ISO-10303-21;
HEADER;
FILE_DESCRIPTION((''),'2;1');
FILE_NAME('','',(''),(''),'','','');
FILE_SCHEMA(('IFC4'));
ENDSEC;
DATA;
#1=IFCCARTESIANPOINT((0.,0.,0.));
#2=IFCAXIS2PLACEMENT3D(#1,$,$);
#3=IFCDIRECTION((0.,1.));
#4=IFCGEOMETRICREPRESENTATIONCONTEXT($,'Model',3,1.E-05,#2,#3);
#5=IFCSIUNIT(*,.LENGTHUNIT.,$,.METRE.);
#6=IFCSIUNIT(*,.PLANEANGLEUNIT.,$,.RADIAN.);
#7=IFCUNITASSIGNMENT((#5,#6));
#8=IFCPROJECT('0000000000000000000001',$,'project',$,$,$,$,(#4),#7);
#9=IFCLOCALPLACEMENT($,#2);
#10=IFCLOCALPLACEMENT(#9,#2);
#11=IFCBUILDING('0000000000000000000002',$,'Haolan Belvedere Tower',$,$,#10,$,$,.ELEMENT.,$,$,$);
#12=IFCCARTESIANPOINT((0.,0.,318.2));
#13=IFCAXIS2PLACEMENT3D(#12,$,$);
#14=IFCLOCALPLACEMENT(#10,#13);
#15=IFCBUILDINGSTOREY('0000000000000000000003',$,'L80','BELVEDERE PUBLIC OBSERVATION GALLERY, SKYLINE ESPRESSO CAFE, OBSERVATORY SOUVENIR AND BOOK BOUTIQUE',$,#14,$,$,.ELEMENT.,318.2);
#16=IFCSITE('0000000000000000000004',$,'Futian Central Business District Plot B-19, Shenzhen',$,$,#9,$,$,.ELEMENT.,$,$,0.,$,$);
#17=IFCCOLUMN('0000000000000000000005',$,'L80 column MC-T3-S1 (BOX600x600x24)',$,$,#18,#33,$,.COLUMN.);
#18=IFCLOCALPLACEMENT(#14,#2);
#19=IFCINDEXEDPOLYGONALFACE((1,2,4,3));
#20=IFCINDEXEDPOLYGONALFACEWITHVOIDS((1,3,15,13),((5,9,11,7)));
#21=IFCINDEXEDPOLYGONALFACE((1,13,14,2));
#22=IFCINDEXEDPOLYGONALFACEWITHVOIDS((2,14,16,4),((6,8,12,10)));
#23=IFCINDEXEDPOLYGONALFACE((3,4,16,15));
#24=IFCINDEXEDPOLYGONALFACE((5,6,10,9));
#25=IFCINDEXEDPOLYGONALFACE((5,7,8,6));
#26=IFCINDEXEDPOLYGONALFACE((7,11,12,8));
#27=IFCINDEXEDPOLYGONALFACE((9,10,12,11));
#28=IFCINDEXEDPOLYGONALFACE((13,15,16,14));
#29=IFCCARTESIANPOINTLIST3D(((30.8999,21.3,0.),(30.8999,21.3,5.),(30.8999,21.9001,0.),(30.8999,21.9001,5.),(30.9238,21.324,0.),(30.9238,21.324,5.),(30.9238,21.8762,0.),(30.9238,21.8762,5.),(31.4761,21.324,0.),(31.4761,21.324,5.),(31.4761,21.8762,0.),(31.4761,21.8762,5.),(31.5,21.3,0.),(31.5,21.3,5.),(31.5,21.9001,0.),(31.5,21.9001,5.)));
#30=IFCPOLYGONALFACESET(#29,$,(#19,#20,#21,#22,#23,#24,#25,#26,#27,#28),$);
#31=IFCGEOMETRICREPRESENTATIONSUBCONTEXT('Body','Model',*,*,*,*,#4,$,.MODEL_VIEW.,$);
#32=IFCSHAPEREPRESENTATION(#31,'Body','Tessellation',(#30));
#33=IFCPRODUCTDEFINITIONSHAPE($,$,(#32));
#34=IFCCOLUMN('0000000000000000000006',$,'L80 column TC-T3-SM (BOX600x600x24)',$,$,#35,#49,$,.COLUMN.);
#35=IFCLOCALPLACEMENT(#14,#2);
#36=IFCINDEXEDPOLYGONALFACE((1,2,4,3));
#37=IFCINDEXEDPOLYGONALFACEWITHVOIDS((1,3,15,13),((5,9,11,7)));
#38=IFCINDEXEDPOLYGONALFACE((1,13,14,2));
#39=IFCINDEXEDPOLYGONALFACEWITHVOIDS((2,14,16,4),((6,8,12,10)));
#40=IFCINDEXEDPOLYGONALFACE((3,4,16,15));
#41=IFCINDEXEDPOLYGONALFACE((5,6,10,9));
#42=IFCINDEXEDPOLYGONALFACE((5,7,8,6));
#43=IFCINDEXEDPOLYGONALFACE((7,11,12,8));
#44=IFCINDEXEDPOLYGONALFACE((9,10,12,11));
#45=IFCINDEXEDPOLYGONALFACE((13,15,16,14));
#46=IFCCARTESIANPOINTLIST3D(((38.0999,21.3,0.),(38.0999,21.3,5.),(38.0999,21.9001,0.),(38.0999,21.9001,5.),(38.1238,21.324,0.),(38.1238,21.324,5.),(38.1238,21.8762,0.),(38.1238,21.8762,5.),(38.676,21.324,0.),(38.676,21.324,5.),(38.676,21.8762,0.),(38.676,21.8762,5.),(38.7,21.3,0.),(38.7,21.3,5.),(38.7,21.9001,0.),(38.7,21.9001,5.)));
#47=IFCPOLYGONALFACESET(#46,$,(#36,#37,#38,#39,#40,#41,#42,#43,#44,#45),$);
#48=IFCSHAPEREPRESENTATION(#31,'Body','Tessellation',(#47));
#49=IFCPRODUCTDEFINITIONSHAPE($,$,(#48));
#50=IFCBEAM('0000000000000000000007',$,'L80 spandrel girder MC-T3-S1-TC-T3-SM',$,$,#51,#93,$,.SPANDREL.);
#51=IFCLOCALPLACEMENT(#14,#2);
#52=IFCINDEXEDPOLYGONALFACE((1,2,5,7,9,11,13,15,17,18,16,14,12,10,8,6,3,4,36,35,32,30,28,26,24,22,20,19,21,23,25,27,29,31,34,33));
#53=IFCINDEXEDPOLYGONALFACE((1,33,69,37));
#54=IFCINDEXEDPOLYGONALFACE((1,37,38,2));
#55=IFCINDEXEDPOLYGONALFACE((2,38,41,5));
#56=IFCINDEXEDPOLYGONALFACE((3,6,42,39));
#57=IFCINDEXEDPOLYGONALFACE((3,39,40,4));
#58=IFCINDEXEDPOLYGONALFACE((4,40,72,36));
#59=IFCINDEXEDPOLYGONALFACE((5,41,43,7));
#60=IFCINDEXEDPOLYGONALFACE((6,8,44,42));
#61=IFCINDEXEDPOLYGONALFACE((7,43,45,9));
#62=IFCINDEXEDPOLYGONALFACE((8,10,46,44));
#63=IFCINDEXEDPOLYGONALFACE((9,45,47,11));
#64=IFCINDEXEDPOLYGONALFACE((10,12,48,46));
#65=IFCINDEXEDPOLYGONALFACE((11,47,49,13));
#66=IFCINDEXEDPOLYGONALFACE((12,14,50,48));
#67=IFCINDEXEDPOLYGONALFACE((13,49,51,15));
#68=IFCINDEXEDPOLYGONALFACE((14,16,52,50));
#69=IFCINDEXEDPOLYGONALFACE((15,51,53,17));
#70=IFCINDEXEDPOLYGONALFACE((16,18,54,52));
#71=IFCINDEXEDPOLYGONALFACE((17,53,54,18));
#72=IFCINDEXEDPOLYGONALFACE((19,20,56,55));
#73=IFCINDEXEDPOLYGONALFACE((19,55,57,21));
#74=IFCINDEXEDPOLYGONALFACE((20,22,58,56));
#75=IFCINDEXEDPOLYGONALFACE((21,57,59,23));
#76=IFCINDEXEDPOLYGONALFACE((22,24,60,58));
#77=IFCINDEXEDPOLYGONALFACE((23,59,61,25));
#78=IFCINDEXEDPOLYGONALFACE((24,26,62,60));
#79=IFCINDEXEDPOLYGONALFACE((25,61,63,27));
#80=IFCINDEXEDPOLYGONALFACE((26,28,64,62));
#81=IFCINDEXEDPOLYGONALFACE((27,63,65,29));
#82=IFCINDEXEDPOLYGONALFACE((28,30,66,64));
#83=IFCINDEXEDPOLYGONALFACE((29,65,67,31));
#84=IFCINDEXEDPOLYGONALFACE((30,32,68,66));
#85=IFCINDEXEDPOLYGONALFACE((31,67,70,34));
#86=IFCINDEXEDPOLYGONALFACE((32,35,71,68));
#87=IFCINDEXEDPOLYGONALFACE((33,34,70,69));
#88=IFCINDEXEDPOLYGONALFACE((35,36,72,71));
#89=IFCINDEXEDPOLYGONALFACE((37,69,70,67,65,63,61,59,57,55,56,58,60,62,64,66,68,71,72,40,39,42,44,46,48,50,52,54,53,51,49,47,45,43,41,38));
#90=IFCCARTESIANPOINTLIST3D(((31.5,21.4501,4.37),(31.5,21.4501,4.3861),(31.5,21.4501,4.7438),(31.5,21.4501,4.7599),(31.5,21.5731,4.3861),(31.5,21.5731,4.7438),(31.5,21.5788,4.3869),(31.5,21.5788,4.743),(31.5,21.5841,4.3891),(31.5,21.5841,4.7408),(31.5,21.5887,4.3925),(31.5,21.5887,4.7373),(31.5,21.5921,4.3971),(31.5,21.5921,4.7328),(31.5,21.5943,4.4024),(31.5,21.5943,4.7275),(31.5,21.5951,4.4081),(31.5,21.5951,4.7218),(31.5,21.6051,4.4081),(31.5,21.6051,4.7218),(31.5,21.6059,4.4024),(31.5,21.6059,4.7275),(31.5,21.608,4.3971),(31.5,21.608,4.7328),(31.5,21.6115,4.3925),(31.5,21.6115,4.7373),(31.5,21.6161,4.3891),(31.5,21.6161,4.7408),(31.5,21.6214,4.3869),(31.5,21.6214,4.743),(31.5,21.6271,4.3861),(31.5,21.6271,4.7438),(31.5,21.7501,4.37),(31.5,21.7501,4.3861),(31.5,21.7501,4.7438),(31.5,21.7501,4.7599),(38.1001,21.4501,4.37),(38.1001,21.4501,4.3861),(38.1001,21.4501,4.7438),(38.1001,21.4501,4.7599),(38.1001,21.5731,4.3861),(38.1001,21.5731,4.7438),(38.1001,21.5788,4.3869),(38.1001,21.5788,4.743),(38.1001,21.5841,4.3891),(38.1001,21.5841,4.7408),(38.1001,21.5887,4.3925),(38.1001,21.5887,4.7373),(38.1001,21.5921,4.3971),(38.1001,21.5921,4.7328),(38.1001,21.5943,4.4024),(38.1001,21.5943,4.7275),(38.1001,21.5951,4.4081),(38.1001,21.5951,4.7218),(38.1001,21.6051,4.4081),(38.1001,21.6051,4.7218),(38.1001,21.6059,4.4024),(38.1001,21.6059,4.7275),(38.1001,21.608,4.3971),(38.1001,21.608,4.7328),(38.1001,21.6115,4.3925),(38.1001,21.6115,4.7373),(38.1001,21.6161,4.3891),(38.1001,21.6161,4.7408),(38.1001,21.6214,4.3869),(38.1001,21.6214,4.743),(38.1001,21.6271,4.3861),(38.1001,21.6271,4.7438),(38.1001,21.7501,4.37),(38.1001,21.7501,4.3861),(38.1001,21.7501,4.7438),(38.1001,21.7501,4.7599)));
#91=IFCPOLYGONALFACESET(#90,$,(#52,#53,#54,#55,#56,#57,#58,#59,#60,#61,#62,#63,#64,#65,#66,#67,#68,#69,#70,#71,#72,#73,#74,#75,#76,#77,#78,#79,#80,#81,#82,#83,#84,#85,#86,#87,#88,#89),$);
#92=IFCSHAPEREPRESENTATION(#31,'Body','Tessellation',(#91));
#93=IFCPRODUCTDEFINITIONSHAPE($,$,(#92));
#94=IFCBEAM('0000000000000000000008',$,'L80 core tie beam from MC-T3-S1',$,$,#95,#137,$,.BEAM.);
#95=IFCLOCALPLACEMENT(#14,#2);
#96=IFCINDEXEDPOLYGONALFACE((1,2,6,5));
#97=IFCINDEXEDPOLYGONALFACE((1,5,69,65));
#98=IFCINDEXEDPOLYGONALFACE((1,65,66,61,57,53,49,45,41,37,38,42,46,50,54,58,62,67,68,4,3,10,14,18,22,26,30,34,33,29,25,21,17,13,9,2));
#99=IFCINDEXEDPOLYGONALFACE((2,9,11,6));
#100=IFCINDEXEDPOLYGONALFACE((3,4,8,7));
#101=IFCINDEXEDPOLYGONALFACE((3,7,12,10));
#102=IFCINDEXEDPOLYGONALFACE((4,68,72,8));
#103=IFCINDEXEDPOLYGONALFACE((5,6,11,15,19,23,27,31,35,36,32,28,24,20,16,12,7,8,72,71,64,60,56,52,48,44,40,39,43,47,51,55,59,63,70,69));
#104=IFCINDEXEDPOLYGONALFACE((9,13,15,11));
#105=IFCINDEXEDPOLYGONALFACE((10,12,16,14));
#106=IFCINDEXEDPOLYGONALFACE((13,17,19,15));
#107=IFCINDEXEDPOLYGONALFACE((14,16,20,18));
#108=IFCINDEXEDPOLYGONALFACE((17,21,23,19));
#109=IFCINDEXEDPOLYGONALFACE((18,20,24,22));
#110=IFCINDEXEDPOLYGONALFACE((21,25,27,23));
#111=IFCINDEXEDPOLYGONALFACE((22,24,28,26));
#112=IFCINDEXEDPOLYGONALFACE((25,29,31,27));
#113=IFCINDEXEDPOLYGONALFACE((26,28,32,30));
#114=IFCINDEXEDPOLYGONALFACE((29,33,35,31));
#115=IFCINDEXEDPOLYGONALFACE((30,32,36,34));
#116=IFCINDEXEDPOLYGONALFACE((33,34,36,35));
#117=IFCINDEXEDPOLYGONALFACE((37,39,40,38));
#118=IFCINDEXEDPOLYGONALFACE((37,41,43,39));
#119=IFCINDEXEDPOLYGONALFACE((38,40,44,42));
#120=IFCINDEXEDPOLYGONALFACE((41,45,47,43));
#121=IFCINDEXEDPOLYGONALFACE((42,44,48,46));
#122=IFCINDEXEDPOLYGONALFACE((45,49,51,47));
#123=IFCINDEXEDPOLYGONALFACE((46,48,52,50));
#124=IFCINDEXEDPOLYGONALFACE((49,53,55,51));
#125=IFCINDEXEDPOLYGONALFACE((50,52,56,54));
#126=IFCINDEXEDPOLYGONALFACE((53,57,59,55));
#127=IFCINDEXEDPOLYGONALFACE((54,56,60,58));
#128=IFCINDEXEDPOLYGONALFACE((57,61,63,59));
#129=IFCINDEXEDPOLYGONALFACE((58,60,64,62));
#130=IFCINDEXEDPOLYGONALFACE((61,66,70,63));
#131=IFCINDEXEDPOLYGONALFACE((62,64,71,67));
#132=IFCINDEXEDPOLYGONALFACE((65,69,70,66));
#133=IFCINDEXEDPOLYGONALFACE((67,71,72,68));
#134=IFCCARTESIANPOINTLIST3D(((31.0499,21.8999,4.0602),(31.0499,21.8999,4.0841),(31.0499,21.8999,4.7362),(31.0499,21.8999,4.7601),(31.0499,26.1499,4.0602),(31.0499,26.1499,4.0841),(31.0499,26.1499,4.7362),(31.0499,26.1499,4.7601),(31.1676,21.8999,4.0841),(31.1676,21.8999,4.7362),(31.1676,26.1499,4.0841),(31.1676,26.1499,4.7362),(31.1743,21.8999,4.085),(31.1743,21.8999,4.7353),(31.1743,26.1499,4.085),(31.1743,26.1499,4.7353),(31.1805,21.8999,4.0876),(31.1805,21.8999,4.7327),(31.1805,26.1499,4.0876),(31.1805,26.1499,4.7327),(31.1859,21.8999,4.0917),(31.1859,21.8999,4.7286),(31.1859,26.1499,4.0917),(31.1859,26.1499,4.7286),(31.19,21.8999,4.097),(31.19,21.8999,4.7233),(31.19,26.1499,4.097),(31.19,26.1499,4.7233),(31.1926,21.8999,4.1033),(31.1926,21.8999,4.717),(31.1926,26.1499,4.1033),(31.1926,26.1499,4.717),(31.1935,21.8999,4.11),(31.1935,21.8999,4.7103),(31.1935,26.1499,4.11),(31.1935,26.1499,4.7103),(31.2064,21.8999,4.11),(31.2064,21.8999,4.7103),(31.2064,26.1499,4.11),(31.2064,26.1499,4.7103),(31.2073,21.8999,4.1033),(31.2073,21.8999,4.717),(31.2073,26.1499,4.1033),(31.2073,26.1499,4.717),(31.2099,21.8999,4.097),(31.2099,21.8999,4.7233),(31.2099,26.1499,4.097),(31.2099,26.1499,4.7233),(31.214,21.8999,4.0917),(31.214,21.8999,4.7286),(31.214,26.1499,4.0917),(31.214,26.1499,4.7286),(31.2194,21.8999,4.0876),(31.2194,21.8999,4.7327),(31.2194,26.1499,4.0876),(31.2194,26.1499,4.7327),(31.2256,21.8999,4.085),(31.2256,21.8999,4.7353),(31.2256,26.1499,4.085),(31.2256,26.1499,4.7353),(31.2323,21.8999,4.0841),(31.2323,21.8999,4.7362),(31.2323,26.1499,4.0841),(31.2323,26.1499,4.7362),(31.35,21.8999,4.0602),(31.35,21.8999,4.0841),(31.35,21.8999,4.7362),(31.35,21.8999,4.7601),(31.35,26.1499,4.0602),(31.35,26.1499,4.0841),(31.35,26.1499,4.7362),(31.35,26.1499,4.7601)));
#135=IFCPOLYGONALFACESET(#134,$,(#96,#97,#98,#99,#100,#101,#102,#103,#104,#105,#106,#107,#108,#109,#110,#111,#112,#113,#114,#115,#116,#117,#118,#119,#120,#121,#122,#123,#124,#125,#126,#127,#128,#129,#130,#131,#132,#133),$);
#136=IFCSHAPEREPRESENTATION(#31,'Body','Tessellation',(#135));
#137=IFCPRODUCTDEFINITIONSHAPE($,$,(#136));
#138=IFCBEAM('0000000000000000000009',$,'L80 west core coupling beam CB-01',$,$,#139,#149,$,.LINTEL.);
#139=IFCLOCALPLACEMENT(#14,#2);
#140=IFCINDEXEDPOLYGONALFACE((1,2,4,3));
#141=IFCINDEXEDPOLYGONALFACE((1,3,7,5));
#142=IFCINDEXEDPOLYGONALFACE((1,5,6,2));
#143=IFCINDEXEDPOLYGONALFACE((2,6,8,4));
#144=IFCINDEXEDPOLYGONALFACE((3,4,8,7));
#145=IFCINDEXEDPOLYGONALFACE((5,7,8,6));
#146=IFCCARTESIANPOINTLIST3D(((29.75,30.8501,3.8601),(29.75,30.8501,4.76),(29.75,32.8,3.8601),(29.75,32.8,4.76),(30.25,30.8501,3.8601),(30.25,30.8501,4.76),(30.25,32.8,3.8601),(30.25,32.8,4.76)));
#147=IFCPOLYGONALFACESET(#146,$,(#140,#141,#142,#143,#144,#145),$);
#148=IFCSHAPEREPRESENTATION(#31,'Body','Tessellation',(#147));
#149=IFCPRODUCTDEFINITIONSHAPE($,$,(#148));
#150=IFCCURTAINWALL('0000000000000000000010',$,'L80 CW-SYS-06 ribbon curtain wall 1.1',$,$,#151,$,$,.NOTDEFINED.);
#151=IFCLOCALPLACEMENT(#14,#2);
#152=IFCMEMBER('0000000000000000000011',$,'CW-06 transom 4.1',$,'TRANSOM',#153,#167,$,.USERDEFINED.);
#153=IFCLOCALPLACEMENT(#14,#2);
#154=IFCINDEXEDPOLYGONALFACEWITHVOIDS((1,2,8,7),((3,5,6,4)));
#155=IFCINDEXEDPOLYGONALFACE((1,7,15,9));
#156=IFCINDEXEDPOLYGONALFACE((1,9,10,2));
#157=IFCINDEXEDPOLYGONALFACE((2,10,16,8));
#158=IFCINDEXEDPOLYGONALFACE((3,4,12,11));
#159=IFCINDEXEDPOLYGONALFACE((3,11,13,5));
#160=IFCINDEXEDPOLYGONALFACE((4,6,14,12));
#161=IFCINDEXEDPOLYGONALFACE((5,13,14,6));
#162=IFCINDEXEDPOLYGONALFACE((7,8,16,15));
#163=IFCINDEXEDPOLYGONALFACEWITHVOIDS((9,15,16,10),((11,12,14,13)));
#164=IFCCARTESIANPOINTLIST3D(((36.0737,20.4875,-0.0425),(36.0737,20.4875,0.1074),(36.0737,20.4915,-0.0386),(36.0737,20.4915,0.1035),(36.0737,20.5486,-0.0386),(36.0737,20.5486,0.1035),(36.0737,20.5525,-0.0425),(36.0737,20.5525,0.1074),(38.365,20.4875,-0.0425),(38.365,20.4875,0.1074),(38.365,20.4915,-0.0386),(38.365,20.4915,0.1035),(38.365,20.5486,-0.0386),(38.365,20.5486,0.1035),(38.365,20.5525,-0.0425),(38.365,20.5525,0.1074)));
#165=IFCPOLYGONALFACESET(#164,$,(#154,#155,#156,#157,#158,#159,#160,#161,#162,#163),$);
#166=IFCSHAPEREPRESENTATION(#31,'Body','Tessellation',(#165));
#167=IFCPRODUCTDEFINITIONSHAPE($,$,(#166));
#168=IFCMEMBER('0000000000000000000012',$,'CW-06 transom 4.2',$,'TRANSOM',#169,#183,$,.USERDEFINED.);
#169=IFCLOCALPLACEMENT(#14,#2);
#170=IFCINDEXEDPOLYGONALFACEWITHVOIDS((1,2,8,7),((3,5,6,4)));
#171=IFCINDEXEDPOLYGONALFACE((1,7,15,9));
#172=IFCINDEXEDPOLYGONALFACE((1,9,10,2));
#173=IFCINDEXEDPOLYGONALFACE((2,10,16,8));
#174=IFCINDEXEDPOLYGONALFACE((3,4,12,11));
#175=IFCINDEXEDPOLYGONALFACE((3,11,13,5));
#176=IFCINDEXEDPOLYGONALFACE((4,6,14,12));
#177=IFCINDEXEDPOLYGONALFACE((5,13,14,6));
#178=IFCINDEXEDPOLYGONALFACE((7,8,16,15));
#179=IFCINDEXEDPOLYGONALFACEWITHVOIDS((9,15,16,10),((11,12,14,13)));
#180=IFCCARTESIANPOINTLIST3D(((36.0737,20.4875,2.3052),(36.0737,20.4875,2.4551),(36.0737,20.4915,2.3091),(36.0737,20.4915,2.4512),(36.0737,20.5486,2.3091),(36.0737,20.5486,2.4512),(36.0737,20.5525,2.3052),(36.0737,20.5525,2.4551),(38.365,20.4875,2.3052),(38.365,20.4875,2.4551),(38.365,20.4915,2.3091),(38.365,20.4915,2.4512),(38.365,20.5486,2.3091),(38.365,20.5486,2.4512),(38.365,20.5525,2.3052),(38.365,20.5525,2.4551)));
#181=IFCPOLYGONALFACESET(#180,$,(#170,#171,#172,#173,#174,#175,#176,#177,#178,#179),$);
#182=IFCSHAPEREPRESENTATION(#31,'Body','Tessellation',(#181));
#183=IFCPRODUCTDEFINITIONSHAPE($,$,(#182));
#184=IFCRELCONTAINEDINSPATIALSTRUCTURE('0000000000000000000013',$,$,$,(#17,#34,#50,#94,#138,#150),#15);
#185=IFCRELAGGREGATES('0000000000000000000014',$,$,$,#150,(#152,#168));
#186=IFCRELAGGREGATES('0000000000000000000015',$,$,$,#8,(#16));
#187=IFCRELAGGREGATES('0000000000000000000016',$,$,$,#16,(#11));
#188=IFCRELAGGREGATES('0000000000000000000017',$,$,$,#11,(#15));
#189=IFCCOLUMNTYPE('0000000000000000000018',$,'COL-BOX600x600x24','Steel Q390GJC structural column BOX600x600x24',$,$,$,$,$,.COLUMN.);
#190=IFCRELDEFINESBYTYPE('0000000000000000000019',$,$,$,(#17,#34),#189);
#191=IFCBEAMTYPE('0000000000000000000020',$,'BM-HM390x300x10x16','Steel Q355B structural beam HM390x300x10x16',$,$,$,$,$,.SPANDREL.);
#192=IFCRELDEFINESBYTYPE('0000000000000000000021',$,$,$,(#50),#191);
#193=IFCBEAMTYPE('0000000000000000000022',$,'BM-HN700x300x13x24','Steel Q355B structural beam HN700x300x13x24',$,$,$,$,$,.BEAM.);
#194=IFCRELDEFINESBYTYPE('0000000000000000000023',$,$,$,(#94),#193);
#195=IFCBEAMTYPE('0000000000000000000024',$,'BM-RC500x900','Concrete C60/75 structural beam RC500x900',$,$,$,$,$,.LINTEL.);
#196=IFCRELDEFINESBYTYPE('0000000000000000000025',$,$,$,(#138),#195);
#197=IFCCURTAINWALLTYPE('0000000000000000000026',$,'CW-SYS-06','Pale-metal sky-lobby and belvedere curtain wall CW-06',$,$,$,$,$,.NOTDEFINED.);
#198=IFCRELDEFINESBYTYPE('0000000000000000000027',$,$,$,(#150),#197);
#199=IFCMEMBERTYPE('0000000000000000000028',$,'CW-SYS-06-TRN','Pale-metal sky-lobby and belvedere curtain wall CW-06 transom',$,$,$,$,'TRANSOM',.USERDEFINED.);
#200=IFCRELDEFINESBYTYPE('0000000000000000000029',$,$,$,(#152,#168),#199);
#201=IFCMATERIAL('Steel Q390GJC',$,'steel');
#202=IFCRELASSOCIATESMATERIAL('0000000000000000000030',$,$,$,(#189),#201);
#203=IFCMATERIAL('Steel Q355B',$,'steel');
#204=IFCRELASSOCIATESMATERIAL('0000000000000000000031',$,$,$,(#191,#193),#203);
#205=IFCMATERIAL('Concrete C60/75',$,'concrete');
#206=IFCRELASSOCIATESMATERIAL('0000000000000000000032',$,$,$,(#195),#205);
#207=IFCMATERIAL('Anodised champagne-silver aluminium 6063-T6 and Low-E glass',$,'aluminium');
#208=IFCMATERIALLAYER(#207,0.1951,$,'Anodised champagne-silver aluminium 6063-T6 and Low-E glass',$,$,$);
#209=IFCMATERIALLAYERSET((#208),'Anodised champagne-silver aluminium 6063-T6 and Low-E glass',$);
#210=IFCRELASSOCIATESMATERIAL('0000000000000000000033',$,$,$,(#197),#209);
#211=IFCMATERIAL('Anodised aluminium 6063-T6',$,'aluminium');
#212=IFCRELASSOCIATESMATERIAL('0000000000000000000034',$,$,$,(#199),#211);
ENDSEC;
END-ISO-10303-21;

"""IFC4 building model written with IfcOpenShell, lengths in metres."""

from ifc_helpers import new_model, si_unit, direction, frame, origin, origin_2d, place, context, subcontext, project, spatial, rectangle, hollow_rectangle, i_section, extrude, material, layer, layer_set, material_profile, profile_set, type_object, element, aggregate, save


model = new_model("IFC4")

# Units and contexts
model_context = context("Model", 3, precision=1e-05, world=origin(), true_north=direction((0.0, 1.0)))
body_context = subcontext(model_context, "Body", "Model", "MODEL_VIEW")
ifc_project = project(units=[si_unit("LENGTHUNIT", "METRE"), si_unit("PLANEANGLEUNIT", "RADIAN")], contexts=[model_context])

# Site, building, storey
site_placement = place(None, origin())
site = spatial("IfcSite", under=ifc_project, at=site_placement, Name="Futian Central Business District Plot B-19, Shenzhen", CompositionType="ELEMENT", RefElevation=0.0)
building_placement = place(site_placement, origin())
building = spatial("IfcBuilding", under=site, at=building_placement, Name="Haolan Belvedere Tower", CompositionType="ELEMENT")
storey_placement = place(building_placement, frame((0.0, 0.0, 318.2)))
storey = spatial("IfcBuildingStorey", under=building, at=storey_placement, Name="L80", Description="BELVEDERE PUBLIC OBSERVATION GALLERY, SKYLINE ESPRESSO CAFE, OBSERVATORY SOUVENIR AND BOOK BOUTIQUE", CompositionType="ELEMENT", Elevation=318.2)

# Columns
ifc_material_1 = material(Name="Steel Q390GJC", Category="steel")
ifc_material_profile_1 = material_profile(ifc_material_1, hollow_rectangle(XDim=0.6001, YDim=0.6001, WallThickness=0.0239, at=origin_2d()), Name="Steel Q390GJC")
ifc_profile_set_1 = profile_set([ifc_material_profile_1], Name="Steel Q390GJC")
column_type = type_object("IfcColumnType", Name="COL-BOX600x600x24", Description="Steel Q390GJC structural column BOX600x600x24", PredefinedType="COLUMN", material=ifc_profile_set_1)
for number, where, z_axis, x_axis, name in (
    (1, (31.2, 21.6001, 0.0), (0.0, 0.0, 1.0), (1.0, 0.0, 0.0), "L80 column MC-T3-S1 (BOX600x600x24)"),
    (2, (38.3999, 21.6001, 0.0), (0.0, 0.0, 1.0), (1.0, 0.0, 0.0), "L80 column TC-T3-SM (BOX600x600x24)"),
):
    element("IfcColumn", number, at=place(storey_placement, frame(where, z_axis=z_axis, x_axis=x_axis)), inside=storey, type_object=column_type, Name=name, PredefinedType="COLUMN", context=body_context, shape_type="SweptSolid", body=[
        extrude(hollow_rectangle(XDim=0.6001, YDim=0.6001, WallThickness=0.0239, at=origin_2d()), origin(), (0.0, 0.0, 1.0), 5.0),
    ])

# Beams
ifc_material_2 = material(Name="Steel Q355B", Category="steel")
ifc_material_profile_2 = material_profile(ifc_material_2, i_section(OverallWidth=0.3, OverallDepth=0.3899, WebThickness=0.01, FlangeThickness=0.0161, FilletRadius=0.022, at=origin_2d()), Name="Steel Q355B")
ifc_profile_set_2 = profile_set([ifc_material_profile_2], Name="Steel Q355B")
beam_type_1 = type_object("IfcBeamType", Name="BM-HM390x300x10x16", Description="Steel Q355B structural beam HM390x300x10x16", PredefinedType="SPANDREL", material=ifc_profile_set_2)
beam_1_placement = place(storey_placement, frame((31.5, 21.6001, 4.5649), z_axis=(1.0, 0.0, 0.0), x_axis=(0.0, 1.0, 0.0)))
element("IfcBeam", 3, at=beam_1_placement, inside=storey, type_object=beam_type_1, Name="L80 spandrel girder MC-T3-S1-TC-T3-SM", PredefinedType="SPANDREL", context=body_context, shape_type="SweptSolid", body=[
    extrude(i_section(OverallWidth=0.3, OverallDepth=0.3899, WebThickness=0.01, FlangeThickness=0.0161, FilletRadius=0.022, at=origin_2d()), origin(), (0.0, 0.0, 1.0), 6.6001),
])
ifc_material_profile_3 = material_profile(ifc_material_2, i_section(OverallWidth=0.3, OverallDepth=0.7, WebThickness=0.0129, FlangeThickness=0.0239, FilletRadius=0.0259, at=origin_2d()), Name="Steel Q355B")
ifc_profile_set_3 = profile_set([ifc_material_profile_3], Name="Steel Q355B")
beam_type_2 = type_object("IfcBeamType", Name="BM-HN700x300x13x24", Description="Steel Q355B structural beam HN700x300x13x24", PredefinedType="BEAM", material=ifc_profile_set_3)
beam_2_placement = place(storey_placement, frame((31.2, 21.8999, 4.4102), z_axis=(0.0, 1.0, 0.0), x_axis=(-1.0, 0.0, 0.0)))
element("IfcBeam", 4, at=beam_2_placement, inside=storey, type_object=beam_type_2, Name="L80 core tie beam from MC-T3-S1", PredefinedType="BEAM", context=body_context, shape_type="SweptSolid", body=[
    extrude(i_section(OverallWidth=0.3, OverallDepth=0.7, WebThickness=0.0129, FlangeThickness=0.0239, FilletRadius=0.0259, at=origin_2d()), origin(), (0.0, 0.0, 1.0), 4.25),
])
ifc_material_3 = material(Name="Concrete C60/75", Category="concrete")
ifc_material_profile_4 = material_profile(ifc_material_3, rectangle(XDim=0.5, YDim=0.8999, at=origin_2d()), Name="Concrete C60/75")
ifc_profile_set_4 = profile_set([ifc_material_profile_4], Name="Concrete C60/75")
beam_type_3 = type_object("IfcBeamType", Name="BM-RC500x900", Description="Concrete C60/75 structural beam RC500x900", PredefinedType="LINTEL", material=ifc_profile_set_4)
beam_3_placement = place(storey_placement, frame((30.0, 30.8501, 4.3101), z_axis=(0.0, 1.0, 0.0), x_axis=(-1.0, 0.0, 0.0)))
element("IfcBeam", 5, at=beam_3_placement, inside=storey, type_object=beam_type_3, Name="L80 west core coupling beam CB-01", PredefinedType="LINTEL", context=body_context, shape_type="SweptSolid", body=[
    extrude(rectangle(XDim=0.5, YDim=0.8999, at=origin_2d()), origin(), (0.0, 0.0, 1.0), 1.95),
])

# Curtain wall, members
ifc_material_4 = material(Name="Anodised champagne-silver aluminium 6063-T6 and Low-E glass", Category="aluminium")
ifc_layer_1 = layer(ifc_material_4, 0.1951, Name="Anodised champagne-silver aluminium 6063-T6 and Low-E glass")
ifc_layer_set_1 = layer_set([ifc_layer_1], Name="Anodised champagne-silver aluminium 6063-T6 and Low-E glass")
curtain_wall_type = type_object("IfcCurtainWallType", Name="CW-SYS-06", Description="Pale-metal sky-lobby and belvedere curtain wall CW-06", PredefinedType="NOTDEFINED", material=ifc_layer_set_1)
curtain_wall_placement = place(storey_placement, origin())
curtain_wall = element("IfcCurtainWall", 6, at=curtain_wall_placement, inside=storey, type_object=curtain_wall_type, Name="L80 CW-SYS-06 ribbon curtain wall 1.1", PredefinedType="NOTDEFINED")
ifc_material_5 = material(Name="Anodised aluminium 6063-T6", Category="aluminium")
ifc_material_profile_5 = material_profile(ifc_material_5, hollow_rectangle(XDim=0.0649, YDim=0.1499, WallThickness=0.0039, at=origin_2d()), Name="Anodised aluminium 6063-T6")
ifc_profile_set_5 = profile_set([ifc_material_profile_5], Name="Anodised aluminium 6063-T6")
member_type = type_object("IfcMemberType", Name="CW-SYS-06-TRN", Description="Pale-metal sky-lobby and belvedere curtain wall CW-06 transom", ElementType="TRANSOM", PredefinedType="USERDEFINED", material=ifc_profile_set_5)
member_1_placement = place(storey_placement, frame((36.0737, 20.52, 0.0325), z_axis=(1.0, 0.0, 0.0), x_axis=(0.0, 1.0, 0.0)))
member_1 = element("IfcMember", 7, at=member_1_placement, type_object=member_type, Name="CW-06 transom 4.1", ObjectType="TRANSOM", PredefinedType="USERDEFINED", context=body_context, shape_type="SweptSolid", body=[
    extrude(hollow_rectangle(XDim=0.0649, YDim=0.1499, WallThickness=0.0039, at=origin_2d()), origin(), (0.0, 0.0, 1.0), 2.2913),
])
member_2_placement = place(storey_placement, frame((36.0737, 20.52, 2.3801), z_axis=(1.0, 0.0, 0.0), x_axis=(0.0, 1.0, 0.0)))
member_2 = element("IfcMember", 8, at=member_2_placement, type_object=member_type, Name="CW-06 transom 4.2", ObjectType="TRANSOM", PredefinedType="USERDEFINED", context=body_context, shape_type="SweptSolid", body=[
    extrude(hollow_rectangle(XDim=0.0649, YDim=0.1499, WallThickness=0.0039, at=origin_2d()), origin(), (0.0, 0.0, 1.0), 2.2913),
])
aggregate(curtain_wall, [member_1, member_2])

save(model, "model.ifc")
